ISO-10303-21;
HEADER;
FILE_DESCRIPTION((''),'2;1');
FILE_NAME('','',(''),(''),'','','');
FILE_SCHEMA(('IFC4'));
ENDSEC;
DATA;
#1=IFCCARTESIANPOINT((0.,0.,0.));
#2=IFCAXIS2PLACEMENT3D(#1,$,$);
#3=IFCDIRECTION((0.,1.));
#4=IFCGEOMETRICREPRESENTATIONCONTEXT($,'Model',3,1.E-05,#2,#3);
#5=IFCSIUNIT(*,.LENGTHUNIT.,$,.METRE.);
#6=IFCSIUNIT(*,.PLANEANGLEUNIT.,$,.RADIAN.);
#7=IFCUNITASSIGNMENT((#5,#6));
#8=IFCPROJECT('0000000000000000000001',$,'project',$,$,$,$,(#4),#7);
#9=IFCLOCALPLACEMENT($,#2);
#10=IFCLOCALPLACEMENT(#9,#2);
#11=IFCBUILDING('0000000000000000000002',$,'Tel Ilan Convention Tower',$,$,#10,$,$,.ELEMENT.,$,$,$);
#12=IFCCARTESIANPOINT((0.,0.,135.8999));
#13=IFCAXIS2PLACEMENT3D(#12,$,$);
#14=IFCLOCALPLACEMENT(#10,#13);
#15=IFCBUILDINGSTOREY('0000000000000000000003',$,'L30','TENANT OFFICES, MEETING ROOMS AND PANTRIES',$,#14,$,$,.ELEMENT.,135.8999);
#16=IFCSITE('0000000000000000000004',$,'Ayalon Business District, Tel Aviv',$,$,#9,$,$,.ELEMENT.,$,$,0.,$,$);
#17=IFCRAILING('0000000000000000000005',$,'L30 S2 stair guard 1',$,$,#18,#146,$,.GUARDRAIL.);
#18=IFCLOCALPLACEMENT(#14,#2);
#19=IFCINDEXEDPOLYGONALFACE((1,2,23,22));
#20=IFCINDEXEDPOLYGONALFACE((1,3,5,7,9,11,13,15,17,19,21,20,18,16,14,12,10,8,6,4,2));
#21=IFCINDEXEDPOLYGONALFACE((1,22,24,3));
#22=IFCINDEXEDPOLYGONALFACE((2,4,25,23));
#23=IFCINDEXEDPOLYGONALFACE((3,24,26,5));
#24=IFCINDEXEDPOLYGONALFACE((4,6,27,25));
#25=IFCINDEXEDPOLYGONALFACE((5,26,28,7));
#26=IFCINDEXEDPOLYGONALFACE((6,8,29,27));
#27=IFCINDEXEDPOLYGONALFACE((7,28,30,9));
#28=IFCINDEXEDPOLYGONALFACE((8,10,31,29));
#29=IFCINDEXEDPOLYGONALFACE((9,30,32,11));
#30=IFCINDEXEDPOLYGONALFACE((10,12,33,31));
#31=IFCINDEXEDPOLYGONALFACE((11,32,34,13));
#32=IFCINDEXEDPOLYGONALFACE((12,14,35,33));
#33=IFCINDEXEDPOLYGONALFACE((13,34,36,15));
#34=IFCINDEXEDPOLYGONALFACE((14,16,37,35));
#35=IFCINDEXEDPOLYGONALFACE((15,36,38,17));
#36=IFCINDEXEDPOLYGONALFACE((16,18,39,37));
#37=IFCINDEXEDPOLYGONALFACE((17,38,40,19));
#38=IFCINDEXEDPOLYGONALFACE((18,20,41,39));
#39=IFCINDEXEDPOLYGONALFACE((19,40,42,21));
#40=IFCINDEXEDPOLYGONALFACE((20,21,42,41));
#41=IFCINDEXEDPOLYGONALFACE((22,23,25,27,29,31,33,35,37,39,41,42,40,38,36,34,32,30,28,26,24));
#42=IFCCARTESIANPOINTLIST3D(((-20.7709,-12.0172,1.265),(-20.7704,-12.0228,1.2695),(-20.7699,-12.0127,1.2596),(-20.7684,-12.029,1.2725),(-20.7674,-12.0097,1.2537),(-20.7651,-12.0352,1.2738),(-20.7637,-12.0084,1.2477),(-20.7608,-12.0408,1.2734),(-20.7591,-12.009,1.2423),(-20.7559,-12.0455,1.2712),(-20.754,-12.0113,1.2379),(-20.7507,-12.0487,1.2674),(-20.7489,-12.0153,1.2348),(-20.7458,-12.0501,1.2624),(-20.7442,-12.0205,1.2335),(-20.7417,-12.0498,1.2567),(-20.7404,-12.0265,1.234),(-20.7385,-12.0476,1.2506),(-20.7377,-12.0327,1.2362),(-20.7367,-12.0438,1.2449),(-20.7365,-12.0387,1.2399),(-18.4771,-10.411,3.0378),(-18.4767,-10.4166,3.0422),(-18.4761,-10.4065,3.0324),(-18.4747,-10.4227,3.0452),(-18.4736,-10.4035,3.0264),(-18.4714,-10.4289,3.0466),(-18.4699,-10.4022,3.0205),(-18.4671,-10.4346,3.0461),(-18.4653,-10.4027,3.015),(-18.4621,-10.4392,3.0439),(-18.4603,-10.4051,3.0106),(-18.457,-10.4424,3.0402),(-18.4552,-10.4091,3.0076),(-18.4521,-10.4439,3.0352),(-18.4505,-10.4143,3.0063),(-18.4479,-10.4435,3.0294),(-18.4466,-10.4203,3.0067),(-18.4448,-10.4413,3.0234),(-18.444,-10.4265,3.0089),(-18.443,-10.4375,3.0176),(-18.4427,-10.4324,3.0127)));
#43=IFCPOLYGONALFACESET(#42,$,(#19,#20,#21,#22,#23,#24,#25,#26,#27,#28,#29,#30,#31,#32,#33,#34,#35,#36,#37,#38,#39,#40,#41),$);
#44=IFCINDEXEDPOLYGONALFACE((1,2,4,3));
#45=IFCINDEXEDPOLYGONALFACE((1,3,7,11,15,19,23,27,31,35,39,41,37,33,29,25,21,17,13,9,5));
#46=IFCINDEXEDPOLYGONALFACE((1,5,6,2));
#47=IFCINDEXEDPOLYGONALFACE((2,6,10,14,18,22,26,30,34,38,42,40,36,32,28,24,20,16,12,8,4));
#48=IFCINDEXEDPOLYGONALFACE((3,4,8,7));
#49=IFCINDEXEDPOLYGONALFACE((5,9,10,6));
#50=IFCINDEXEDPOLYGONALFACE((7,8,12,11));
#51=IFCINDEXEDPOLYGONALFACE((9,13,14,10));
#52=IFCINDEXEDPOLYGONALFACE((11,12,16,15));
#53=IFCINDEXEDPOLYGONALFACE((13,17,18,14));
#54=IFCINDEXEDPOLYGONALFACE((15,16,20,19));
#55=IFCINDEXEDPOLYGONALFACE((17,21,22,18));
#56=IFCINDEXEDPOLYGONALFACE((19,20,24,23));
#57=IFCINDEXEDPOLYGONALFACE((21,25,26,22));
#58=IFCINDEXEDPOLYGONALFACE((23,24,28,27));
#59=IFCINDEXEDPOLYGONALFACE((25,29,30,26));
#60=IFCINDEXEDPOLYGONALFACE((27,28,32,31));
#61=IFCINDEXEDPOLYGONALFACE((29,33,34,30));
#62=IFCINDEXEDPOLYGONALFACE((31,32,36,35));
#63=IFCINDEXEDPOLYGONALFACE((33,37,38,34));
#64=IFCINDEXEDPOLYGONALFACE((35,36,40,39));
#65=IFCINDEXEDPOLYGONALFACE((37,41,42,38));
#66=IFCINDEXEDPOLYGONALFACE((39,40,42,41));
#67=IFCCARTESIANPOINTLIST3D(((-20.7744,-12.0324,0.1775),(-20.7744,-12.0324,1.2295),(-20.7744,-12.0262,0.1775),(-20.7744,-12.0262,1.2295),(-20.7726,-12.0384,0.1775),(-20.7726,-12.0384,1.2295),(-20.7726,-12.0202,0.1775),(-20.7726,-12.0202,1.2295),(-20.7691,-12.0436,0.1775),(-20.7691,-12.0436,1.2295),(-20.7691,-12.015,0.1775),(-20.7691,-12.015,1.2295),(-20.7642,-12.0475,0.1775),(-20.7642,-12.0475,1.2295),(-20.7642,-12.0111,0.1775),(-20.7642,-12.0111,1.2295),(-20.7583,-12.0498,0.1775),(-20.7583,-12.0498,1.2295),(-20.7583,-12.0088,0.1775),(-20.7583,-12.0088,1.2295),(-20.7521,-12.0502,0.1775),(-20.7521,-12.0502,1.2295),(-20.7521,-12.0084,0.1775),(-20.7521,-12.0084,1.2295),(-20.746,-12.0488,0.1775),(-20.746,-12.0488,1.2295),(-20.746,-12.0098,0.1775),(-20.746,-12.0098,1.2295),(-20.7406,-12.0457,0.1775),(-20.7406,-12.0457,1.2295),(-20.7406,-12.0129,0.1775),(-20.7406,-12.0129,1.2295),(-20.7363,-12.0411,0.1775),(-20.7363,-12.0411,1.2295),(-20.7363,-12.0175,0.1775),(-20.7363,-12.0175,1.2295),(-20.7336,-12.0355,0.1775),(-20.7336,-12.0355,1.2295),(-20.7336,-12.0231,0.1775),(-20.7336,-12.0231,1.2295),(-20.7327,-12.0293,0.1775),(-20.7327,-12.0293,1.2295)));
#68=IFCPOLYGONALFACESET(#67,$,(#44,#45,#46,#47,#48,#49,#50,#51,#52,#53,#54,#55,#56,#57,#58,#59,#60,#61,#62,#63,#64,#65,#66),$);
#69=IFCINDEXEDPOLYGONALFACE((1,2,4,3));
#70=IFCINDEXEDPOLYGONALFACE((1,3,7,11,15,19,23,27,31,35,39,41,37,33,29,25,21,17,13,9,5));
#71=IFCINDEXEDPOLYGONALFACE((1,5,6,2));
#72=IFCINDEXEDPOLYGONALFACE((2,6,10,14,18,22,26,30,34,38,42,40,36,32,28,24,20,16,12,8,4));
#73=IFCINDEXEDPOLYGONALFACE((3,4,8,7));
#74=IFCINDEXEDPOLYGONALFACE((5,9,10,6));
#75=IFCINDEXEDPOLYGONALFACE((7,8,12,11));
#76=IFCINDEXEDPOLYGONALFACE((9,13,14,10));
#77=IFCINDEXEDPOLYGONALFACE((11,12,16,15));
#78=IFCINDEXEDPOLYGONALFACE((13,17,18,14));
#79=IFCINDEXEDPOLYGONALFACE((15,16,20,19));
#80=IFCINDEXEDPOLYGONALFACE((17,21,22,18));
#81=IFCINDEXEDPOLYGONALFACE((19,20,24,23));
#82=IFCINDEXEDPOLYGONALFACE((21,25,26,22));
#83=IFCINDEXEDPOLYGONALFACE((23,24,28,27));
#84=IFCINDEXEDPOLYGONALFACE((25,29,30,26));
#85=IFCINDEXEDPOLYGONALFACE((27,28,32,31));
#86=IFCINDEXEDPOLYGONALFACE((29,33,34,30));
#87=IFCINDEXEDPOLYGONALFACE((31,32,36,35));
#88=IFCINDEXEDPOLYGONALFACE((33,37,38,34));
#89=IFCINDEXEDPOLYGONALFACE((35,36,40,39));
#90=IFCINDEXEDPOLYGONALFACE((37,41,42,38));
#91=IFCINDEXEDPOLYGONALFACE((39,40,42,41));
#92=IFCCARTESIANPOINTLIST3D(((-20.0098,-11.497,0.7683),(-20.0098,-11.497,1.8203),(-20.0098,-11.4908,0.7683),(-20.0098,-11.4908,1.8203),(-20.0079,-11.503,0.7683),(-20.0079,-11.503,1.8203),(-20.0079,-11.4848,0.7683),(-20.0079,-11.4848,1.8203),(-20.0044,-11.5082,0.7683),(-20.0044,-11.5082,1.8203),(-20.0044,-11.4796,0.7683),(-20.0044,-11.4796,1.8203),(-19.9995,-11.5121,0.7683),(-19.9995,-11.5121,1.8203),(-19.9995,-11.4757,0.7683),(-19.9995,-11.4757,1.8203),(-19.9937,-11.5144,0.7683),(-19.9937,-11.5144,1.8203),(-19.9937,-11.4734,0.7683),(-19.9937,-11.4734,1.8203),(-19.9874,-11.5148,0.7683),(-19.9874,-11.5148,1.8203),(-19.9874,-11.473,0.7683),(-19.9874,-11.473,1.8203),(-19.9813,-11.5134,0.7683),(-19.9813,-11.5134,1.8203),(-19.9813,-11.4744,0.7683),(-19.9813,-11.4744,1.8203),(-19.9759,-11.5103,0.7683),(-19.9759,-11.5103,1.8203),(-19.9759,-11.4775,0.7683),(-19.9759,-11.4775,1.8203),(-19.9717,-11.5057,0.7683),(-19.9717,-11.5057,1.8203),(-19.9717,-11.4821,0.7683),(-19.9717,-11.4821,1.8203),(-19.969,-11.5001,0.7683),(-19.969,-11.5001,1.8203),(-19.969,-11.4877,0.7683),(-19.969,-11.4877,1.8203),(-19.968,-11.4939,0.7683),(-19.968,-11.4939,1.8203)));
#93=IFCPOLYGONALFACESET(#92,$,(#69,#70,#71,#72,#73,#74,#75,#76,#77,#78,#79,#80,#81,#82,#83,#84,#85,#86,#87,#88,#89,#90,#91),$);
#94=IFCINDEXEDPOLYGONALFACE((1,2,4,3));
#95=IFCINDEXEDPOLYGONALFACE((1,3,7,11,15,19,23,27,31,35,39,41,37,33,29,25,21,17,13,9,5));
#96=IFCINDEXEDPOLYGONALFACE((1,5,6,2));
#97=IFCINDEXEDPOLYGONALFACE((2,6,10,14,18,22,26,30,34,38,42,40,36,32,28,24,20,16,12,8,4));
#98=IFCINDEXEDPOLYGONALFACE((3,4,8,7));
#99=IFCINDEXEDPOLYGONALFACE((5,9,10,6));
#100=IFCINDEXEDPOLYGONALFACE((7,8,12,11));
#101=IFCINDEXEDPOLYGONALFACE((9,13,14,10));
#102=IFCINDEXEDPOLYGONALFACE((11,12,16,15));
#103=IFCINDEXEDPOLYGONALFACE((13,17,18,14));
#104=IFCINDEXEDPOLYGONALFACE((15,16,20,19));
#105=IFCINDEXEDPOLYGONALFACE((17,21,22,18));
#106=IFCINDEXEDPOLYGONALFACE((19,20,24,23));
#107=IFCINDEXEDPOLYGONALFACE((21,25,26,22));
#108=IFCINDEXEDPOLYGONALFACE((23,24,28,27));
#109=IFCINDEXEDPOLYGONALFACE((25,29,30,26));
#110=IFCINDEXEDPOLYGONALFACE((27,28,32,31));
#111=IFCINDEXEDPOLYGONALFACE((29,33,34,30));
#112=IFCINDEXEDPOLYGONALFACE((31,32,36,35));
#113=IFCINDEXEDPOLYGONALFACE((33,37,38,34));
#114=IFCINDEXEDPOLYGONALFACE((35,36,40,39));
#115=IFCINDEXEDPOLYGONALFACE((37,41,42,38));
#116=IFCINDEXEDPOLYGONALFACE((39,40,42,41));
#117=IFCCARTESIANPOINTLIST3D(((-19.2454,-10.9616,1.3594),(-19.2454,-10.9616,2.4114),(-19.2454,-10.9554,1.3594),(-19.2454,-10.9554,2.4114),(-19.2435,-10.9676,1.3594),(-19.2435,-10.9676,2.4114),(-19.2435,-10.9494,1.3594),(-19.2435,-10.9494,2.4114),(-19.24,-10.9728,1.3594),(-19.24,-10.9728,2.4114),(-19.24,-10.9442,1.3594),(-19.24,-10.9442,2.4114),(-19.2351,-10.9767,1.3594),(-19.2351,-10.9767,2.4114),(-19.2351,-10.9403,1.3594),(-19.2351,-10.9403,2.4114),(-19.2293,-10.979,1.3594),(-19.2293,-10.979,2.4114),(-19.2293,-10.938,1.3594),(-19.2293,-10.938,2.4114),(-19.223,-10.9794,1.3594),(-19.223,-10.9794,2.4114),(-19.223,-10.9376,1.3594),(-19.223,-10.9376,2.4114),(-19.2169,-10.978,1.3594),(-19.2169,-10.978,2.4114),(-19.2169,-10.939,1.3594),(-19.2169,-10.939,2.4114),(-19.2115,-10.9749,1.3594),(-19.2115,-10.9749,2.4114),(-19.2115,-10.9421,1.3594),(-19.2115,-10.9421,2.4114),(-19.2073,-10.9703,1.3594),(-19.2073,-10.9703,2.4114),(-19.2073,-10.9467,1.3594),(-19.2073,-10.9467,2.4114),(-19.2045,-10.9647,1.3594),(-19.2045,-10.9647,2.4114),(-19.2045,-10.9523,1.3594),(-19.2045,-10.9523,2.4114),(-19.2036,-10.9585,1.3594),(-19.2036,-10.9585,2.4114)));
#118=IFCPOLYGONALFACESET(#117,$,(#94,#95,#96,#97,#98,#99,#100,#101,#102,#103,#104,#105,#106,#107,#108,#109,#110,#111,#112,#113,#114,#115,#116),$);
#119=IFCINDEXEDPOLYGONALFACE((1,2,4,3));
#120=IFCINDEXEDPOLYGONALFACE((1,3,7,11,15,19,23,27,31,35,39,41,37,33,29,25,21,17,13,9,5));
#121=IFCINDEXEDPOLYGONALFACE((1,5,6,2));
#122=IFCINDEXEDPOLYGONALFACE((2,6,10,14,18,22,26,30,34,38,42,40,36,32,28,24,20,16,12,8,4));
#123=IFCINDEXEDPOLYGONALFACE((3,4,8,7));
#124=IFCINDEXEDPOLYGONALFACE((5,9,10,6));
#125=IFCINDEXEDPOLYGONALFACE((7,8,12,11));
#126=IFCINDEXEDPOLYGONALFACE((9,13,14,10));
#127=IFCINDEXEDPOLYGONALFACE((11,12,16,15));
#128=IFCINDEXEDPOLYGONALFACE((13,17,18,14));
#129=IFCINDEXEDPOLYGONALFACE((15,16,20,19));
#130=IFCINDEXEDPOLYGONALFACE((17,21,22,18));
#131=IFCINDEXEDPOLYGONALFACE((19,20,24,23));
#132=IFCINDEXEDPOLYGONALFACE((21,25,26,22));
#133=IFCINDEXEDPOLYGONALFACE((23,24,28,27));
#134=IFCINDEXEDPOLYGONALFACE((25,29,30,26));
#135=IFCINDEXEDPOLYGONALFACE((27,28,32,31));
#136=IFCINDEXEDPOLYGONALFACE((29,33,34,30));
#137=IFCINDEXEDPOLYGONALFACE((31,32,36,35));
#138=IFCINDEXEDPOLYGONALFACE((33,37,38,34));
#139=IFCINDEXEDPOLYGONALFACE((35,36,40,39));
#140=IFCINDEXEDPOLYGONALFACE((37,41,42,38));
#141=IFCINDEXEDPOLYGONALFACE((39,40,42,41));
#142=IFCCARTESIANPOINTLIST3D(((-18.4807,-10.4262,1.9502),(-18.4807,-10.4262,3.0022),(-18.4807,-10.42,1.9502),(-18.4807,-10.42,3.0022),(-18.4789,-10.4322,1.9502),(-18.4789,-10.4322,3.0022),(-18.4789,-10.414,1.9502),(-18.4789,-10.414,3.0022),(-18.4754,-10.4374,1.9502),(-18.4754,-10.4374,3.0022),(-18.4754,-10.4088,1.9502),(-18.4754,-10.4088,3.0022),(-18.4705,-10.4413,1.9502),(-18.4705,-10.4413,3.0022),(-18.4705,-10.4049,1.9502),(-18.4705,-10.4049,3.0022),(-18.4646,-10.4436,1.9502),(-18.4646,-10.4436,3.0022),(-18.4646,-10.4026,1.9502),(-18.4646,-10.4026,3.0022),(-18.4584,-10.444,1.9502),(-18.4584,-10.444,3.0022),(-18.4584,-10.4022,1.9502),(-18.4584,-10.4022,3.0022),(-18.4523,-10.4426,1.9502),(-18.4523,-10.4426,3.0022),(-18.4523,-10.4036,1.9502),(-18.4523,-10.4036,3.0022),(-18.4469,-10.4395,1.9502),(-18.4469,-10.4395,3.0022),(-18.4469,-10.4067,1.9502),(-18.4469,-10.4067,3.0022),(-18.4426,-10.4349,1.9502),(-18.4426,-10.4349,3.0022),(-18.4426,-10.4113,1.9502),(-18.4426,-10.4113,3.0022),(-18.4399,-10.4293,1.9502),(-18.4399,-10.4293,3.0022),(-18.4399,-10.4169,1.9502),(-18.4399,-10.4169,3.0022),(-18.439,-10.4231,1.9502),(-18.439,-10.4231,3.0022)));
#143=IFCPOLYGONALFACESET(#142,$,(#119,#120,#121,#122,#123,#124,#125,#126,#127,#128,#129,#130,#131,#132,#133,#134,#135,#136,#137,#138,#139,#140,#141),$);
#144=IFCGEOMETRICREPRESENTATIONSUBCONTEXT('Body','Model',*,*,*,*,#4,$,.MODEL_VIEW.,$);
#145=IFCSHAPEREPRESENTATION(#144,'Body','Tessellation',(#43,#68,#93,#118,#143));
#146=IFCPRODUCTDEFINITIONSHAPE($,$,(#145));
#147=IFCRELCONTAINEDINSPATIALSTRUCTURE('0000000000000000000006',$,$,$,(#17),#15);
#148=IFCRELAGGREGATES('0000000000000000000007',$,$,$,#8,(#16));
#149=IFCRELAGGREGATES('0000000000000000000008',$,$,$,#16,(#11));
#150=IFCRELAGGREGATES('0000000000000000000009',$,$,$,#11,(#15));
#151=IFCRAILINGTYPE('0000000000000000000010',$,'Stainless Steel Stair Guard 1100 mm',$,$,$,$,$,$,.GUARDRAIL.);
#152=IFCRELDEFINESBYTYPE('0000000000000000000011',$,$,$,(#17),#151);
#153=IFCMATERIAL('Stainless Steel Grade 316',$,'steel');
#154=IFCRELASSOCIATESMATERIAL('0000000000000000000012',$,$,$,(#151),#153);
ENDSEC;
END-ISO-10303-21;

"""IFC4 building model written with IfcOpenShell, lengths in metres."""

from ifc_helpers import new_model, si_unit, direction, frame, origin, origin_2d, place, context, subcontext, project, spatial, circle, extrude, material, type_object, element, save


model = new_model("IFC4")

# Units and contexts
model_context = context("Model", 3, precision=1e-05, world=origin(), true_north=direction((0.0, 1.0)))
body_context = subcontext(model_context, "Body", "Model", "MODEL_VIEW")
ifc_project = project(units=[si_unit("LENGTHUNIT", "METRE"), si_unit("PLANEANGLEUNIT", "RADIAN")], contexts=[model_context])

# Site, building, storey
site_placement = place(None, origin())
site = spatial("IfcSite", under=ifc_project, at=site_placement, Name="Ayalon Business District, Tel Aviv", CompositionType="ELEMENT", RefElevation=0.0)
building_placement = place(site_placement, origin())
building = spatial("IfcBuilding", under=site, at=building_placement, Name="Tel Ilan Convention Tower", CompositionType="ELEMENT")
storey_placement = place(building_placement, frame((0.0, 0.0, 135.8999)))
storey = spatial("IfcBuildingStorey", under=building, at=storey_placement, Name="L30", Description="TENANT OFFICES, MEETING ROOMS AND PANTRIES", CompositionType="ELEMENT", Elevation=135.8999)

# Railing
ifc_material_1 = material(Name="Stainless Steel Grade 316", Category="steel")
railing_type_1 = type_object("IfcRailingType", Name="Stainless Steel Stair Guard 1100 mm", PredefinedType="GUARDRAIL", material=ifc_material_1)
railing_1_placement = place(storey_placement, frame((-20.7537, -12.0293, 0.1775)))
element("IfcRailing", 1, at=railing_1_placement, inside=storey, type_object=railing_type_1, Name="L30 S2 stair guard 1", PredefinedType="GUARDRAIL", context=body_context, shape_type="SweptSolid", body=[
    extrude(circle(Radius=0.0239, at=origin_2d()), frame((0.0, 0.0, 1.0762), z_axis=(0.692098, 0.484653, 0.534894), x_axis=(-0.573609, 0.81913, 0.0)), (0.0, 0.0, 1.0), 3.3142),
    extrude(circle(Radius=0.021, at=origin_2d()), origin(), (0.0, 0.0, 1.0), 1.052),
    extrude(circle(Radius=0.021, at=origin_2d()), frame((0.7646, 0.5354, 0.5908)), (0.0, 0.0, 1.0), 1.052),
    extrude(circle(Radius=0.021, at=origin_2d()), frame((1.5291, 1.0708, 1.1819)), (0.0, 0.0, 1.0), 1.052),
    extrude(circle(Radius=0.021, at=origin_2d()), frame((2.2937, 1.6062, 1.7727)), (0.0, 0.0, 1.0), 1.052),
])

save(model, "model.ifc")
